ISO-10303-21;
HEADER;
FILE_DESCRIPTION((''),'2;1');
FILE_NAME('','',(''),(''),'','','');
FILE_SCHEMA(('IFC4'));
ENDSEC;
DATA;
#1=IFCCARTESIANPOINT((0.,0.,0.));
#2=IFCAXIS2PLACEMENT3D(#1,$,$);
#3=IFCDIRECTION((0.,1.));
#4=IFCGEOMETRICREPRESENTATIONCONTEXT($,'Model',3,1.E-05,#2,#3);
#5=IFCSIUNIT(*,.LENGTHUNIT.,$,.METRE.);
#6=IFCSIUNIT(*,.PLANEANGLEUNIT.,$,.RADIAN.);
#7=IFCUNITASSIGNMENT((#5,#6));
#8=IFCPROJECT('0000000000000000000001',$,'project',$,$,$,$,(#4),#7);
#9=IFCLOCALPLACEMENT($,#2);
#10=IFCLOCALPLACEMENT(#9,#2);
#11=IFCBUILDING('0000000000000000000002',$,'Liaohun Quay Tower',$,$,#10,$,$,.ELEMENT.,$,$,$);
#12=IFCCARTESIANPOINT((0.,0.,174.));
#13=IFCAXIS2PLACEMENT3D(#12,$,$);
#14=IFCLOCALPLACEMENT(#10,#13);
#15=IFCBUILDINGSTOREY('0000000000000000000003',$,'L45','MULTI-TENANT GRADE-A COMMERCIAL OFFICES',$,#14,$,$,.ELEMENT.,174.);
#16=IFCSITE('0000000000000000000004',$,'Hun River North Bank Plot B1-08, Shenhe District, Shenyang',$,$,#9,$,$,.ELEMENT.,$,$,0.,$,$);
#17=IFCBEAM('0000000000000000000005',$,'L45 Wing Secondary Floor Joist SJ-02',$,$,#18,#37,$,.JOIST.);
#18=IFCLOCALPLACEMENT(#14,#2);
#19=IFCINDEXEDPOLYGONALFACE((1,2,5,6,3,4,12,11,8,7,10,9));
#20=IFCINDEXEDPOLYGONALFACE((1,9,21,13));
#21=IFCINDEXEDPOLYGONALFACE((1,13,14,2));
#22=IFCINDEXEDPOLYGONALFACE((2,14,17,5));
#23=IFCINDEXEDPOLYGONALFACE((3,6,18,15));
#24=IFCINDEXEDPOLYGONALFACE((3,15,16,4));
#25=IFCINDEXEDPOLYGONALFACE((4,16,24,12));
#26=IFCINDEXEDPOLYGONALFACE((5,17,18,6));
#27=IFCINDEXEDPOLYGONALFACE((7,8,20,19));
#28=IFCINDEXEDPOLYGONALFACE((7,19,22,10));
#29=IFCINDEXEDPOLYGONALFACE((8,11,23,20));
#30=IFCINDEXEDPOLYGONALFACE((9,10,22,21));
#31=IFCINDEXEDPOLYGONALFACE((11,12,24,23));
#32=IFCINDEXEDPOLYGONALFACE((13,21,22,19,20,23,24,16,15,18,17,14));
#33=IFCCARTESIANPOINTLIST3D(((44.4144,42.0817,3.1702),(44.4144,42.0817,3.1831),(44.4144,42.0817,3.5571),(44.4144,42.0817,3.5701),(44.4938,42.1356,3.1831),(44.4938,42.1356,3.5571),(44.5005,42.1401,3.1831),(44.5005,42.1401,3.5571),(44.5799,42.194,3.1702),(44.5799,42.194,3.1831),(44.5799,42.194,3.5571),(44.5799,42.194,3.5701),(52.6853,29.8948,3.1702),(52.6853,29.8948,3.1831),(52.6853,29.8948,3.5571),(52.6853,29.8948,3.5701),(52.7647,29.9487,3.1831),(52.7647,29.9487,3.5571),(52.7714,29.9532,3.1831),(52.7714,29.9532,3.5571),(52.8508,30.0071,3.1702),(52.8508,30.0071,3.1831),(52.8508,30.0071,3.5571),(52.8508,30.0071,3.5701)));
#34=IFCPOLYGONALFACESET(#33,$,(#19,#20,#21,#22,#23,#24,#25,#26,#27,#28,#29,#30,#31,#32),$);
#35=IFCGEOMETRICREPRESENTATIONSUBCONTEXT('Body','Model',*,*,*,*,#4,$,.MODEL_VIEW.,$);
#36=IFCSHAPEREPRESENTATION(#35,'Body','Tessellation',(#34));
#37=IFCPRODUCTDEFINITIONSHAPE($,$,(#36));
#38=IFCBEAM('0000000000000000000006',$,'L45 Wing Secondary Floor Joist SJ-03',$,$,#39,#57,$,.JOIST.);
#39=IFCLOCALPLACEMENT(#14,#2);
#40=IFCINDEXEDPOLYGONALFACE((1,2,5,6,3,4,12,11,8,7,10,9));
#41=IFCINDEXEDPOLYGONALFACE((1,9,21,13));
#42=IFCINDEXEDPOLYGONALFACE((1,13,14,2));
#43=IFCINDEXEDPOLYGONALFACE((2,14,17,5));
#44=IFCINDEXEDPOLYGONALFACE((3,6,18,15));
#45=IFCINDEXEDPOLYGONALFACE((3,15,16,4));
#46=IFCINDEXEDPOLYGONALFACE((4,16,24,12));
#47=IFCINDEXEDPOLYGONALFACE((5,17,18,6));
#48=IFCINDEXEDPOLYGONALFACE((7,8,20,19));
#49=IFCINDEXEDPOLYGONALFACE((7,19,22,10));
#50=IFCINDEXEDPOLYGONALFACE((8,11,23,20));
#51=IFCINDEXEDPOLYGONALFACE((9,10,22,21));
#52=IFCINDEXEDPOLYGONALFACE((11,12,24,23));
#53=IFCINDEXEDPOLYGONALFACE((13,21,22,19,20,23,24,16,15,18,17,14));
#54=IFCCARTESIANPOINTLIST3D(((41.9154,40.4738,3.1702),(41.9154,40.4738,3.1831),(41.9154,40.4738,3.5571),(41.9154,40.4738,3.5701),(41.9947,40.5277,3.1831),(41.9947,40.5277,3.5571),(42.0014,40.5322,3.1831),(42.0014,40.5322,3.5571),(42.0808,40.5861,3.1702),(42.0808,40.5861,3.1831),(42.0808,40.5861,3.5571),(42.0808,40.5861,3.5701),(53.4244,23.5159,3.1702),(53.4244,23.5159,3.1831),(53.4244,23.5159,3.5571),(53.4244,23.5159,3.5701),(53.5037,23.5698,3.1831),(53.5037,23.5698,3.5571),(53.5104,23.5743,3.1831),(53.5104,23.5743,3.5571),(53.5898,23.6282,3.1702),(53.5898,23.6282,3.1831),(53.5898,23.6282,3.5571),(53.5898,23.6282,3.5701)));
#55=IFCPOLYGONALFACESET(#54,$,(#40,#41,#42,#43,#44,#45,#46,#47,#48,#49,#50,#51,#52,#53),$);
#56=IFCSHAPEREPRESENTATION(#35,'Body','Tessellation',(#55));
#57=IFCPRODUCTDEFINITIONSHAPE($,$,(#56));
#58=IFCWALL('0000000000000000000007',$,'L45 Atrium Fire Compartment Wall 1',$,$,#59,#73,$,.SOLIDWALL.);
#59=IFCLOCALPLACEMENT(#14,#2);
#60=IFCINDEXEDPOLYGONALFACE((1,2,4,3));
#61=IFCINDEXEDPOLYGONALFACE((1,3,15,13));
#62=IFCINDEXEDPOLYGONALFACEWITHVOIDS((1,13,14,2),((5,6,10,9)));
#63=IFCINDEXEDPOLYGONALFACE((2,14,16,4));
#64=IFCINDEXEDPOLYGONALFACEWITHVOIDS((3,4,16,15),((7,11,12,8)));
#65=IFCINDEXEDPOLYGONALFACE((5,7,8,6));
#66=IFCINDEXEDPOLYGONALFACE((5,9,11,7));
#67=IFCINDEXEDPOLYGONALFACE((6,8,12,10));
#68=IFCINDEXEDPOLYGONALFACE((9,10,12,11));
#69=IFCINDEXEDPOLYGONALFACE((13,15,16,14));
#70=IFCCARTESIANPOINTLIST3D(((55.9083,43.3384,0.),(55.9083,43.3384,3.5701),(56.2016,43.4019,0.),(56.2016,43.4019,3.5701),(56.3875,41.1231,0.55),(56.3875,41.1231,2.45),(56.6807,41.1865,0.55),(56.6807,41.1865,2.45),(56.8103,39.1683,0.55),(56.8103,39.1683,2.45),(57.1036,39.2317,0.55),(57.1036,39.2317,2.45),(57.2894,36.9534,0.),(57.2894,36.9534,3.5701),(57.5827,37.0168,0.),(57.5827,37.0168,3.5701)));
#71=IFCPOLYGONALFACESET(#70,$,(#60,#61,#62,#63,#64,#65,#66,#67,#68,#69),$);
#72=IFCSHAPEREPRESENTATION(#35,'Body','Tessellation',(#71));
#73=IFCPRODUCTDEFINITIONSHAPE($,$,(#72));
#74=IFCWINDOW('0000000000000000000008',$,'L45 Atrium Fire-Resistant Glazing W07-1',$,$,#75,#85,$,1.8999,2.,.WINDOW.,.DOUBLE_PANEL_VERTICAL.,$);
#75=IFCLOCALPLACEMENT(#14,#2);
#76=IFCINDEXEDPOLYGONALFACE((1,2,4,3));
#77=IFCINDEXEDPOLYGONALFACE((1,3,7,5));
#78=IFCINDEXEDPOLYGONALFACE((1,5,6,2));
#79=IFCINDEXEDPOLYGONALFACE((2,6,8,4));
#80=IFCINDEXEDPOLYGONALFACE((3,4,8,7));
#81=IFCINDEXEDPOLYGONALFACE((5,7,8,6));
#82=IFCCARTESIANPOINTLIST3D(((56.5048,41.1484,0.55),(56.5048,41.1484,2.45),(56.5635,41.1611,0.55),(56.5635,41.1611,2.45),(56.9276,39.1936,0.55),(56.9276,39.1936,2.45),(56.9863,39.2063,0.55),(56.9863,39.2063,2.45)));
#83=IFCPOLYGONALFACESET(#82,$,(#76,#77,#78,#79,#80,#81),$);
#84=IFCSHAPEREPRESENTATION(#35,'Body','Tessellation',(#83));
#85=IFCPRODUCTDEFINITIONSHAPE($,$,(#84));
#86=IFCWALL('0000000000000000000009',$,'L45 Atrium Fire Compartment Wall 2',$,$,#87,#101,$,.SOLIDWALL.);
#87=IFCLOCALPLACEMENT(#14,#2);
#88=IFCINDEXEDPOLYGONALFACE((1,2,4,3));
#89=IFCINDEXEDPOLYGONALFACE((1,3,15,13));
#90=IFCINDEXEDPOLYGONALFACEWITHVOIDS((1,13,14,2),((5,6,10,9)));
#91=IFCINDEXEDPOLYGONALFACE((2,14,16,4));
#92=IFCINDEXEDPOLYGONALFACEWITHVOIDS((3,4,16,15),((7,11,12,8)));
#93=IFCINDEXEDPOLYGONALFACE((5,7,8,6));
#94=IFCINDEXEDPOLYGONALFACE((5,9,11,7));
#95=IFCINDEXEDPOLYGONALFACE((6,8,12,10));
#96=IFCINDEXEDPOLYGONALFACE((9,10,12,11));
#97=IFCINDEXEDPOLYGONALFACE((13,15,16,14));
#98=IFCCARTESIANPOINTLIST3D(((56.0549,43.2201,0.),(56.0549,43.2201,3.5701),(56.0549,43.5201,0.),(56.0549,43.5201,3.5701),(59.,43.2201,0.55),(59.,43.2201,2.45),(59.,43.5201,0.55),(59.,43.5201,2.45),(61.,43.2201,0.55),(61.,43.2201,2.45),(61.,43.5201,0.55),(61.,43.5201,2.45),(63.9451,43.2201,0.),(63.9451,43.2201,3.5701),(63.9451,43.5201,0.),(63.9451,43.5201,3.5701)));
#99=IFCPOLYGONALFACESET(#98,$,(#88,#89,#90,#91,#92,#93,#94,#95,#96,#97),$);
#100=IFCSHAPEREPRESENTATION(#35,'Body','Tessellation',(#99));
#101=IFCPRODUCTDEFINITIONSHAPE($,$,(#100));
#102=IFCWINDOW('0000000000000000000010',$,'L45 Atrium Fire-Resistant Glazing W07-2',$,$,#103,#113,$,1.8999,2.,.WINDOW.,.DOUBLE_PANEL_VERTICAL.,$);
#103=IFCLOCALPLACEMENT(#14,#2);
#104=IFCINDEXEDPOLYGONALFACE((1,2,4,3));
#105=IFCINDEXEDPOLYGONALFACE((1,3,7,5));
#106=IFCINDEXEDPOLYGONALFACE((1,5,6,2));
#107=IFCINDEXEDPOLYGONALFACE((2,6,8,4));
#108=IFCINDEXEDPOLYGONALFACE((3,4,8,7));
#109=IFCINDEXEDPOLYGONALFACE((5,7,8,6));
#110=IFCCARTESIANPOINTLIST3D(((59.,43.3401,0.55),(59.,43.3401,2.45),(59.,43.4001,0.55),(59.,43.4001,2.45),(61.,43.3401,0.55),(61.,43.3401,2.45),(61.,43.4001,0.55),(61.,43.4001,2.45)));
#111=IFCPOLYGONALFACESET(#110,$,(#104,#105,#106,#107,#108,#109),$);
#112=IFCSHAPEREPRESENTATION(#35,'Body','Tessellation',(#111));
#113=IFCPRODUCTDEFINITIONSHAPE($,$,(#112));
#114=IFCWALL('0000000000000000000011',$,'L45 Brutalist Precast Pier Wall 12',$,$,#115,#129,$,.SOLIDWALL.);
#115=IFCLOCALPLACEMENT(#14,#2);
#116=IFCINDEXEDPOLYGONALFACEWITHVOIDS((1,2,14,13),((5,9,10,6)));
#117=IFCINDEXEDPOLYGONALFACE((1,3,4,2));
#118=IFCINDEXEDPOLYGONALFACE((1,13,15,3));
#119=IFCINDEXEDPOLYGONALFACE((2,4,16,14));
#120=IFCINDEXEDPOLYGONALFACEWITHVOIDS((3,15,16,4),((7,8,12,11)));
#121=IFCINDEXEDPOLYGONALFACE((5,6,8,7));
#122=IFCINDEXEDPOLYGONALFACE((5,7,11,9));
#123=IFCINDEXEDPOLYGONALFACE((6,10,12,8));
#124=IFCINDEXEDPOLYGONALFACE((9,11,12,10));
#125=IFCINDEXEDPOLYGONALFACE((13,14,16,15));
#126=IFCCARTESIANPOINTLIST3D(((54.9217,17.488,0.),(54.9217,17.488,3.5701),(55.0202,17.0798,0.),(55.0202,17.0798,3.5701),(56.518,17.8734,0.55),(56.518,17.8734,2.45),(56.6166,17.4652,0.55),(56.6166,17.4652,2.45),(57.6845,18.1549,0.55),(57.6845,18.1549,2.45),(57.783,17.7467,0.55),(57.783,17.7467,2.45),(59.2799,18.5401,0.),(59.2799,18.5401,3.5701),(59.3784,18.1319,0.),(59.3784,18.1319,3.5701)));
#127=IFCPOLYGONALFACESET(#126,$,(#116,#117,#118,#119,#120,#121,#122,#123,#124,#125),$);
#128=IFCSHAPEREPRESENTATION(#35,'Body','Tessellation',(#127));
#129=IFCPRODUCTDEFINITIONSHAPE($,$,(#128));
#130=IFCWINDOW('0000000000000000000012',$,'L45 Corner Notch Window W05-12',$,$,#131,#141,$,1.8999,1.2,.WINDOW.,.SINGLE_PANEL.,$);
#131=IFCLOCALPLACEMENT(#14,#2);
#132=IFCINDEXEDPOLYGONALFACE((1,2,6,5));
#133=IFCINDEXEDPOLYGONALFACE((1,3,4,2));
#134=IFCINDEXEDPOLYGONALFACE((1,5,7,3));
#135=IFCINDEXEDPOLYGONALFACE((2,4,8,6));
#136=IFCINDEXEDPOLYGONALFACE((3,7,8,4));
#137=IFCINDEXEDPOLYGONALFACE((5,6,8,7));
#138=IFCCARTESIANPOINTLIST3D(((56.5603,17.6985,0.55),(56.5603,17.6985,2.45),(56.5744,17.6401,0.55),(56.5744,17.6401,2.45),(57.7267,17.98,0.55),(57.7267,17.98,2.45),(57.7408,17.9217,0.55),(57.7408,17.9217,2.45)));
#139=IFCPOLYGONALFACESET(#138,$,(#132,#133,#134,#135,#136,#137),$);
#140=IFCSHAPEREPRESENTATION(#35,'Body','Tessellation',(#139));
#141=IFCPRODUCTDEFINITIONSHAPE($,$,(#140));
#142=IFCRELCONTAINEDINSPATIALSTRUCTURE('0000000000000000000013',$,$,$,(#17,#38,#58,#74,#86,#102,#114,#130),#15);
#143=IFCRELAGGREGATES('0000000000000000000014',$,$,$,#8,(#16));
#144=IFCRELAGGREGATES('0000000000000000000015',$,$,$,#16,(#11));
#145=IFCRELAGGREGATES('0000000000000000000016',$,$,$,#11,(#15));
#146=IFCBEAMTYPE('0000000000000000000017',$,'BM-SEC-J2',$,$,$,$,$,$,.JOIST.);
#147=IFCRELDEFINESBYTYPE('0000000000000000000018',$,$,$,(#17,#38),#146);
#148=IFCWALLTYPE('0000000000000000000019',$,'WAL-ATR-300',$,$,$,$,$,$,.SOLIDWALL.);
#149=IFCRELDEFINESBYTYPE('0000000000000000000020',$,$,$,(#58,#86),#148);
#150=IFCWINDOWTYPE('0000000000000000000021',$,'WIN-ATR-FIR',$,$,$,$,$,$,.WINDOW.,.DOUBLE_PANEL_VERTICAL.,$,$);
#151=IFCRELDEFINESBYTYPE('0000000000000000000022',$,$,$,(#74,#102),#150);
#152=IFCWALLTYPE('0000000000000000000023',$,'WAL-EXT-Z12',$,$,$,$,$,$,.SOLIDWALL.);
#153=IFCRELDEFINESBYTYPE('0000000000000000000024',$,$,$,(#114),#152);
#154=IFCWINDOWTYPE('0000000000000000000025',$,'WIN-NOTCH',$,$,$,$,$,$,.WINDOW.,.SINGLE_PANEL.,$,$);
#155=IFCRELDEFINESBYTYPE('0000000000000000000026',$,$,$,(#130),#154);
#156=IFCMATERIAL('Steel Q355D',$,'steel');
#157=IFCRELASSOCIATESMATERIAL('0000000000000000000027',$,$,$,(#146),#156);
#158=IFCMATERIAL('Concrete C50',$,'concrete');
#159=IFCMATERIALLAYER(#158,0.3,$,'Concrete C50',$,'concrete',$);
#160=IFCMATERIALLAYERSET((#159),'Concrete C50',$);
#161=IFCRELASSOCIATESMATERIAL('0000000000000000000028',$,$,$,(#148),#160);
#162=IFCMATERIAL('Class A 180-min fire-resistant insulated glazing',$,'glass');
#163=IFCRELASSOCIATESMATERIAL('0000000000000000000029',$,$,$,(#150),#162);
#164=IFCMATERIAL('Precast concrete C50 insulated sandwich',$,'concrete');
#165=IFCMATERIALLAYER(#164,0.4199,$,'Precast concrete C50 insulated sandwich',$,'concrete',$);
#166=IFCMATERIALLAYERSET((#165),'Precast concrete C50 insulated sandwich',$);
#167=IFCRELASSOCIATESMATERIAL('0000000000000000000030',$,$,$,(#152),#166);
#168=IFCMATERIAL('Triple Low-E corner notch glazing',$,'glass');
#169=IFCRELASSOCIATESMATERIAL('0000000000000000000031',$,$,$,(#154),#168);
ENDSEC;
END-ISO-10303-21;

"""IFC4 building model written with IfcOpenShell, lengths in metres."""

from ifc_helpers import new_model, si_unit, direction, frame, frame_2d, origin, origin_2d, place, context, subcontext, project, spatial, rectangle, i_section, extrude, source, transform, mapped, material, layer, layer_set, material_profile, profile_set, type_object, element, fill, save


model = new_model("IFC4")

# Units and contexts
model_context = context("Model", 3, precision=1e-05, world=origin(), true_north=direction((0.0, 1.0)))
body_context = subcontext(model_context, "Body", "Model", "MODEL_VIEW")
ifc_project = project(units=[si_unit("LENGTHUNIT", "METRE"), si_unit("PLANEANGLEUNIT", "RADIAN")], contexts=[model_context])

# Site, building, storey
site_placement = place(None, origin())
site = spatial("IfcSite", under=ifc_project, at=site_placement, Name="Hun River North Bank Plot B1-08, Shenhe District, Shenyang", CompositionType="ELEMENT", RefElevation=0.0)
building_placement = place(site_placement, origin())
building = spatial("IfcBuilding", under=site, at=building_placement, Name="Liaohun Quay Tower", CompositionType="ELEMENT")
storey_placement = place(building_placement, frame((0.0, 0.0, 174.0)))
storey = spatial("IfcBuildingStorey", under=building, at=storey_placement, Name="L45", Description="MULTI-TENANT GRADE-A COMMERCIAL OFFICES", CompositionType="ELEMENT", Elevation=174.0)

# Beams
ifc_material_1 = material(Name="Steel Q355D", Category="steel")
ifc_material_profile_1 = material_profile(ifc_material_1, i_section(OverallWidth=0.2, OverallDepth=0.3999, WebThickness=0.0081, FlangeThickness=0.0129, at=origin_2d()), Name="HN400x200x8x13")
ifc_profile_set_1 = profile_set([ifc_material_profile_1], Name="Steel Q355D")
beam_type_1 = type_object("IfcBeamType", Name="BM-SEC-J2", PredefinedType="JOIST", material=ifc_profile_set_1)
shared_shape_1 = source(origin(), body_context, "Body", "SweptSolid", [
    extrude(i_section(OverallWidth=0.2, OverallDepth=0.3999, WebThickness=0.0081, FlangeThickness=0.0129, at=origin_2d()), origin(), (0.0, 0.0, 1.0), 14.7285),
])
beam_1_placement = place(storey_placement, frame((52.7681, 29.9509, 3.3701), z_axis=(-0.561559, 0.827437, 0.0), x_axis=(-0.827437, -0.561559, 0.0)))
element("IfcBeam", 1, at=beam_1_placement, inside=storey, type_object=beam_type_1, Name="L45 Wing Secondary Floor Joist SJ-02", PredefinedType="JOIST", context=body_context, shape_type="MappedRepresentation", body=[
    mapped(shared_shape_1, transform((0.0, 0.0, 0.0), x_axis=(1.0, 0.0, 0.0), y_axis=(0.0, 1.0, 0.0), z_axis=(0.0, 0.0, 1.0), scale=1.0)),
])
shared_shape_2 = source(origin(), body_context, "Body", "SweptSolid", [
    extrude(i_section(OverallWidth=0.2, OverallDepth=0.3999, WebThickness=0.0081, FlangeThickness=0.0129, at=origin_2d()), origin(), (0.0, 0.0, 1.0), 20.4946),
])
beam_2_placement = place(storey_placement, frame((53.5071, 23.572, 3.3701), z_axis=(-0.561562, 0.827435, 0.0), x_axis=(-0.827435, -0.561562, 0.0)))
element("IfcBeam", 2, at=beam_2_placement, inside=storey, type_object=beam_type_1, Name="L45 Wing Secondary Floor Joist SJ-03", PredefinedType="JOIST", context=body_context, shape_type="MappedRepresentation", body=[
    mapped(shared_shape_2, transform((0.0, 0.0, 0.0), x_axis=(1.0, 0.0, 0.0), y_axis=(0.0, 1.0, 0.0), z_axis=(0.0, 0.0, 1.0), scale=1.0)),
])

# Walls, openings, windows
ifc_material_2 = material(Name="Concrete C50", Category="concrete")
ifc_layer_1 = layer(ifc_material_2, 0.3, Name="Concrete C50", Category="concrete")
ifc_layer_set_1 = layer_set([ifc_layer_1], Name="Concrete C50")
wall_type_1 = type_object("IfcWallType", Name="WAL-ATR-300", PredefinedType="SOLIDWALL", material=ifc_layer_set_1)
wall_1_placement = place(storey_placement, frame((57.436, 36.9851, 0.0), z_axis=(0.0, 0.0, 1.0), x_axis=(-0.211415, 0.977396, 0.0)))
wall_1 = element("IfcWall", 3, at=wall_1_placement, inside=storey, type_object=wall_type_1, Name="L45 Atrium Fire Compartment Wall 1", PredefinedType="SOLIDWALL", context=body_context, shape_type="SweptSolid", body=[
    extrude(rectangle(XDim=6.5327, YDim=0.3, at=frame_2d((3.2664, 0.0))), origin(), (0.0, 0.0, 1.0), 3.5701),
])
shared_shape_3 = source(origin(), body_context, "Body", "SweptSolid", [
    extrude(rectangle(XDim=2.0, YDim=1.8999, at=frame_2d((1.0, 0.95))), frame((0.0, 0.1599, 0.0), z_axis=(0.0, -1.0, 0.0), x_axis=(1.0, 0.0, 0.0)), (0.0, 0.0, 1.0), 0.3201),
])
opening_1_placement = place(wall_1_placement, frame((2.2661, 0.0, 0.55)))
opening_1 = element("IfcOpeningElement", 4, at=opening_1_placement, cuts=wall_1, PredefinedType="OPENING", context=body_context, shape_type="MappedRepresentation", body=[
    mapped(shared_shape_3, transform((0.0, 0.0, 0.0), x_axis=(1.0, 0.0, 0.0), y_axis=(0.0, 1.0, 0.0), z_axis=(0.0, 0.0, 1.0), scale=1.0)),
])
ifc_material_3 = material(Name="Class A 180-min fire-resistant insulated glazing", Category="glass")
window_type_1 = type_object("IfcWindowType", Name="WIN-ATR-FIR", PartitioningType="DOUBLE_PANEL_VERTICAL", PredefinedType="WINDOW", material=ifc_material_3)
shared_shape_4 = source(origin(), body_context, "Body", "SweptSolid", [
    extrude(rectangle(XDim=2.0, YDim=1.8999, at=frame_2d((1.0, 0.95))), frame((0.0, 0.03, 0.0), z_axis=(0.0, -1.0, 0.0), x_axis=(1.0, 0.0, 0.0)), (0.0, 0.0, 1.0), 0.0601),
])
window_1_placement = place(opening_1_placement, origin())
window_1 = element("IfcWindow", 5, at=window_1_placement, inside=storey, type_object=window_type_1, Name="L45 Atrium Fire-Resistant Glazing W07-1", OverallHeight=1.8999, OverallWidth=2.0, PartitioningType="DOUBLE_PANEL_VERTICAL", PredefinedType="WINDOW", context=body_context, shape_type="MappedRepresentation", body=[
    mapped(shared_shape_4, transform((0.0, 0.0, 0.0), x_axis=(1.0, 0.0, 0.0), y_axis=(0.0, 1.0, 0.0), z_axis=(0.0, 0.0, 1.0), scale=1.0)),
])
fill(opening_1, window_1)
wall_2_placement = place(storey_placement, frame((56.0549, 43.3701, 0.0), z_axis=(0.0, 0.0, 1.0), x_axis=(1.0, 0.0, 0.0)))
wall_2 = element("IfcWall", 6, at=wall_2_placement, inside=storey, type_object=wall_type_1, Name="L45 Atrium Fire Compartment Wall 2", PredefinedType="SOLIDWALL", context=body_context, shape_type="SweptSolid", body=[
    extrude(rectangle(XDim=7.8901, YDim=0.3, at=frame_2d((3.9451, 0.0))), origin(), (0.0, 0.0, 1.0), 3.5701),
])
opening_2_placement = place(wall_2_placement, frame((2.9451, 0.0, 0.55)))
opening_2 = element("IfcOpeningElement", 7, at=opening_2_placement, cuts=wall_2, PredefinedType="OPENING", context=body_context, shape_type="MappedRepresentation", body=[
    mapped(shared_shape_3, transform((0.0, 0.0, 0.0), x_axis=(1.0, 0.0, 0.0), y_axis=(0.0, 1.0, 0.0), z_axis=(0.0, 0.0, 1.0), scale=1.0)),
])
window_2_placement = place(opening_2_placement, origin())
window_2 = element("IfcWindow", 8, at=window_2_placement, inside=storey, type_object=window_type_1, Name="L45 Atrium Fire-Resistant Glazing W07-2", OverallHeight=1.8999, OverallWidth=2.0, PartitioningType="DOUBLE_PANEL_VERTICAL", PredefinedType="WINDOW", context=body_context, shape_type="MappedRepresentation", body=[
    mapped(shared_shape_4, transform((0.0, 0.0, 0.0), x_axis=(1.0, 0.0, 0.0), y_axis=(0.0, 1.0, 0.0), z_axis=(0.0, 0.0, 1.0), scale=1.0)),
])
fill(opening_2, window_2)
ifc_material_4 = material(Name="Precast concrete C50 insulated sandwich", Category="concrete")
ifc_layer_2 = layer(ifc_material_4, 0.4199, Name="Precast concrete C50 insulated sandwich", Category="concrete")
ifc_layer_set_2 = layer_set([ifc_layer_2], Name="Precast concrete C50 insulated sandwich")
wall_type_2 = type_object("IfcWallType", Name="WAL-EXT-Z12", PredefinedType="SOLIDWALL", material=ifc_layer_set_2)
wall_3_placement = place(storey_placement, frame((54.9709, 17.2839, 0.0), z_axis=(0.0, 0.0, 1.0), x_axis=(0.97208, 0.234648, 0.0)))
wall_3 = element("IfcWall", 9, at=wall_3_placement, inside=storey, type_object=wall_type_2, Name="L45 Brutalist Precast Pier Wall 12", PredefinedType="SOLIDWALL", context=body_context, shape_type="SweptSolid", body=[
    extrude(rectangle(XDim=4.4834, YDim=0.4199, at=frame_2d((2.2417, 0.0))), origin(), (0.0, 0.0, 1.0), 3.5701),
])
shared_shape_5 = source(origin(), body_context, "Body", "SweptSolid", [
    extrude(rectangle(XDim=1.2, YDim=1.8999, at=frame_2d((0.6001, 0.95))), frame((0.0, 0.22, 0.0), z_axis=(0.0, -1.0, 0.0), x_axis=(1.0, 0.0, 0.0)), (0.0, 0.0, 1.0), 0.4399),
])
opening_3_placement = place(wall_3_placement, frame((1.6421, 0.0, 0.55)))
opening_3 = element("IfcOpeningElement", 10, at=opening_3_placement, cuts=wall_3, PredefinedType="OPENING", context=body_context, shape_type="MappedRepresentation", body=[
    mapped(shared_shape_5, transform((0.0, 0.0, 0.0), x_axis=(1.0, 0.0, 0.0), y_axis=(0.0, 1.0, 0.0), z_axis=(0.0, 0.0, 1.0), scale=1.0)),
])
ifc_material_5 = material(Name="Triple Low-E corner notch glazing", Category="glass")
window_type_2 = type_object("IfcWindowType", Name="WIN-NOTCH", PartitioningType="SINGLE_PANEL", PredefinedType="WINDOW", material=ifc_material_5)
shared_shape_6 = source(origin(), body_context, "Body", "SweptSolid", [
    extrude(rectangle(XDim=1.2, YDim=1.8999, at=frame_2d((0.6001, 0.95))), frame((0.0, 0.03, 0.0), z_axis=(0.0, -1.0, 0.0), x_axis=(1.0, 0.0, 0.0)), (0.0, 0.0, 1.0), 0.0601),
])
window_3_placement = place(opening_3_placement, origin())
window_3 = element("IfcWindow", 11, at=window_3_placement, inside=storey, type_object=window_type_2, Name="L45 Corner Notch Window W05-12", OverallHeight=1.8999, OverallWidth=1.2, PartitioningType="SINGLE_PANEL", PredefinedType="WINDOW", context=body_context, shape_type="MappedRepresentation", body=[
    mapped(shared_shape_6, transform((0.0, 0.0, 0.0), x_axis=(1.0, 0.0, 0.0), y_axis=(0.0, 1.0, 0.0), z_axis=(0.0, 0.0, 1.0), scale=1.0)),
])
fill(opening_3, window_3)

save(model, "model.ifc")
